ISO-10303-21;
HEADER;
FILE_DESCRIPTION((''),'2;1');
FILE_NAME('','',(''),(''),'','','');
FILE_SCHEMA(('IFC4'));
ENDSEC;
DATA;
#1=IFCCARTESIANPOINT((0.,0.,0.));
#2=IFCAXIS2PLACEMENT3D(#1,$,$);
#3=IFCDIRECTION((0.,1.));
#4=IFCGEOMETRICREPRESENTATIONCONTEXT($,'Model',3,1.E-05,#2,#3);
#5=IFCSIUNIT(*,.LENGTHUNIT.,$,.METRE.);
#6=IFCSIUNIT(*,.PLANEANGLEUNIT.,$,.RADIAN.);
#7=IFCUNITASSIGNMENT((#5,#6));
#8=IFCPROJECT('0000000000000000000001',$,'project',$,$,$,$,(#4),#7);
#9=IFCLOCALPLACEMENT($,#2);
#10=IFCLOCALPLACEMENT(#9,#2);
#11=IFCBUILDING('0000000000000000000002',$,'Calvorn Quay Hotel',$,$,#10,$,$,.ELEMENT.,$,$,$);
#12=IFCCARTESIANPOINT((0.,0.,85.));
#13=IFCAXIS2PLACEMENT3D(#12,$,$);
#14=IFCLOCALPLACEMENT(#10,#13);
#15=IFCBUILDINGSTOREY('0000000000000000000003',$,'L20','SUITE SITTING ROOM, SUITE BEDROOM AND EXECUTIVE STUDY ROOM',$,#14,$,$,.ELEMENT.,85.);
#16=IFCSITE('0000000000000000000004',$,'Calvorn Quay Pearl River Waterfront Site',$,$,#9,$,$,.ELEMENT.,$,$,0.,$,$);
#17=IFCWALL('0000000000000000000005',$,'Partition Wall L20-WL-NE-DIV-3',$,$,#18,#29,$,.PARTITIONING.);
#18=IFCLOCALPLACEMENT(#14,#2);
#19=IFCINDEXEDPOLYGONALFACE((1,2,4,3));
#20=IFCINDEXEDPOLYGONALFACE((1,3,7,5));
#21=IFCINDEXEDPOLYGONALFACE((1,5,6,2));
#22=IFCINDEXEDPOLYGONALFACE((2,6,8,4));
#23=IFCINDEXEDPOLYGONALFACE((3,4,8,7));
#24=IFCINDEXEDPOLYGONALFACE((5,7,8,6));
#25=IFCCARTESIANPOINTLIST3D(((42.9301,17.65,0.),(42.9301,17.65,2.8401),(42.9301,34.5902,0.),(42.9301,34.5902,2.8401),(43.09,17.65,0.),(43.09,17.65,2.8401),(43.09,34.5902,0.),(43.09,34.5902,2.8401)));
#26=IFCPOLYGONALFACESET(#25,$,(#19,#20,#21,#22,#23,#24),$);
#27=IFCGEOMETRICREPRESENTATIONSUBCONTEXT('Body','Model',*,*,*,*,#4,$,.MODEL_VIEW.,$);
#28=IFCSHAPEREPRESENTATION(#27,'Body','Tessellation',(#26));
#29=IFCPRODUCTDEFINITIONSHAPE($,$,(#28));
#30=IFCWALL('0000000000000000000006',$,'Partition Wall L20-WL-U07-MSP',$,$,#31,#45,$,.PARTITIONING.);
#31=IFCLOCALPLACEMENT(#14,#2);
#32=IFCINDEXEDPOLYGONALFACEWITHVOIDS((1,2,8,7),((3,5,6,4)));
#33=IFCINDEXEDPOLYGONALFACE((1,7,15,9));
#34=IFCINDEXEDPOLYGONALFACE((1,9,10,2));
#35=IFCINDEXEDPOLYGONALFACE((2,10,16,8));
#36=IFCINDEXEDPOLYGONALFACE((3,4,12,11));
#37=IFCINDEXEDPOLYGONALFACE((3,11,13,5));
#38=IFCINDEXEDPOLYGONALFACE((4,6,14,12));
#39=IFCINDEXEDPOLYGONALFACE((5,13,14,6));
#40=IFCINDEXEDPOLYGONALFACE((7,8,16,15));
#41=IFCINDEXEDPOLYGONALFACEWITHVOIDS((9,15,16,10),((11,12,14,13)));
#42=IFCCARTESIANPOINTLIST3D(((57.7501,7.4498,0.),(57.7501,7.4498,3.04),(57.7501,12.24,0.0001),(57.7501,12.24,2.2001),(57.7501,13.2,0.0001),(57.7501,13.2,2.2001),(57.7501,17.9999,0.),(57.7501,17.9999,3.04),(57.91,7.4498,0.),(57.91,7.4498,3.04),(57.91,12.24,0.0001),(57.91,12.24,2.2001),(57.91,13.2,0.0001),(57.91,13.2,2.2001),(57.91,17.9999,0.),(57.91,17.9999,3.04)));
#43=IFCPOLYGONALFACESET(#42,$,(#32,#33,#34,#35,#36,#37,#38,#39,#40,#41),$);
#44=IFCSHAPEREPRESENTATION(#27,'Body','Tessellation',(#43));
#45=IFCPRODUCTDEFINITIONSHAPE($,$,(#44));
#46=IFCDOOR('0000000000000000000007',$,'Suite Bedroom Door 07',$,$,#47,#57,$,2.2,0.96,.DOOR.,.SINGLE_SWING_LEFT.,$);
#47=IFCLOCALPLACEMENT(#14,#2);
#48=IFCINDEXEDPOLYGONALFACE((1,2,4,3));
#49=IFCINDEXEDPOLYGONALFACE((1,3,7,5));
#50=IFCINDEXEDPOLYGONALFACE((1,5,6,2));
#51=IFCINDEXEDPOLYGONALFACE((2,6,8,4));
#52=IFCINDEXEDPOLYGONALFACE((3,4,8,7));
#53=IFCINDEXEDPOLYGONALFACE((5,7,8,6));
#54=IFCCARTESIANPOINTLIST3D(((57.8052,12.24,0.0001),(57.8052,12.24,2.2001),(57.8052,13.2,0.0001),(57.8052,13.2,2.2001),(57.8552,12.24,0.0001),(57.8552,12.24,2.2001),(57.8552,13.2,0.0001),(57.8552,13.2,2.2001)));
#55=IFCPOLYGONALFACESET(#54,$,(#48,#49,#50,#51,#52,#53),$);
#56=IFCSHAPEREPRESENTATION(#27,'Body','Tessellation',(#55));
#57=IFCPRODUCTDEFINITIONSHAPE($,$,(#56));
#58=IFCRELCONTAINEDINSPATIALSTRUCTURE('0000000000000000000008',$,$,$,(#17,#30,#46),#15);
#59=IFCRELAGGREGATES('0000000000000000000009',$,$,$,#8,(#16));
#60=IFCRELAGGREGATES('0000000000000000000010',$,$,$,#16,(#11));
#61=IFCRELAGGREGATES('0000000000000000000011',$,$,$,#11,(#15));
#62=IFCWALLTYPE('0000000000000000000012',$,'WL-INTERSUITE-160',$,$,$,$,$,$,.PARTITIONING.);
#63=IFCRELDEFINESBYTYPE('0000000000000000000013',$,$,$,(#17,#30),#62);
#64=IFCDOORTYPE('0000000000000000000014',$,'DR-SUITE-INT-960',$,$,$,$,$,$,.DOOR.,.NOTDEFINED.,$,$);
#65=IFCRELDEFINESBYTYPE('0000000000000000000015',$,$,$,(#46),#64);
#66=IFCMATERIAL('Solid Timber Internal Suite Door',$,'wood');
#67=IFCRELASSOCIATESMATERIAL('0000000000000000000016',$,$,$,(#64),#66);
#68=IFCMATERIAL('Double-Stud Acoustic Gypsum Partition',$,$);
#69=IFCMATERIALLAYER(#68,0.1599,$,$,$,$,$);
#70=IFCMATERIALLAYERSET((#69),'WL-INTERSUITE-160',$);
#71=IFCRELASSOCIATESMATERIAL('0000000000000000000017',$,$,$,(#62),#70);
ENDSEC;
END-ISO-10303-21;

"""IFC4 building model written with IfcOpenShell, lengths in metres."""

from ifc_helpers import new_model, si_unit, direction, frame, frame_2d, origin, place, context, subcontext, project, spatial, rectangle, extrude, material, layer, layer_set, type_object, element, fill, save


model = new_model("IFC4")

# Units and contexts
model_context = context("Model", 3, precision=1e-05, world=origin(), true_north=direction((0.0, 1.0)))
body_context = subcontext(model_context, "Body", "Model", "MODEL_VIEW")
ifc_project = project(units=[si_unit("LENGTHUNIT", "METRE"), si_unit("PLANEANGLEUNIT", "RADIAN")], contexts=[model_context])

# Site, building, storey
site_placement = place(None, origin())
site = spatial("IfcSite", under=ifc_project, at=site_placement, Name="Calvorn Quay Pearl River Waterfront Site", CompositionType="ELEMENT", RefElevation=0.0)
building_placement = place(site_placement, origin())
building = spatial("IfcBuilding", under=site, at=building_placement, Name="Calvorn Quay Hotel", CompositionType="ELEMENT")
storey_placement = place(building_placement, frame((0.0, 0.0, 85.0)))
storey = spatial("IfcBuildingStorey", under=building, at=storey_placement, Name="L20", Description="SUITE SITTING ROOM, SUITE BEDROOM AND EXECUTIVE STUDY ROOM", CompositionType="ELEMENT", Elevation=85.0)

# Shared definitions
ifc_material_1 = material(Name="Solid Timber Internal Suite Door", Category="wood")
door_type_1 = type_object("IfcDoorType", Name="DR-SUITE-INT-960", OperationType="NOTDEFINED", PredefinedType="DOOR", material=ifc_material_1)

# Shared definitions
ifc_material_2 = material(Name="Double-Stud Acoustic Gypsum Partition")
ifc_layer_1 = layer(ifc_material_2, 0.1599)
ifc_layer_set_1 = layer_set([ifc_layer_1], Name="WL-INTERSUITE-160")
wall_type_1 = type_object("IfcWallType", Name="WL-INTERSUITE-160", PredefinedType="PARTITIONING", material=ifc_layer_set_1)

# Wall
wall_1_placement = place(storey_placement, frame((43.01, 17.6499, 0.0), z_axis=(0.0, 0.0, 1.0), x_axis=(0.0, 1.0, 0.0)))
element("IfcWall", 1, at=wall_1_placement, inside=storey, type_object=wall_type_1, Name="Partition Wall L20-WL-NE-DIV-3", PredefinedType="PARTITIONING", context=body_context, shape_type="SweptSolid", body=[
    extrude(rectangle(XDim=16.9402, YDim=0.1599, at=frame_2d((8.4702, 0.0))), origin(), (0.0, 0.0, 1.0), 2.8401),
])

# Wall, opening, door
wall_2_placement = place(storey_placement, frame((57.8301, 7.45, 0.0), z_axis=(0.0, 0.0, 1.0), x_axis=(0.0, 1.0, 0.0)))
wall_2 = element("IfcWall", 2, at=wall_2_placement, inside=storey, type_object=wall_type_1, Name="Partition Wall L20-WL-U07-MSP", PredefinedType="PARTITIONING", context=body_context, shape_type="SweptSolid", body=[
    extrude(rectangle(XDim=10.55, YDim=0.1599, at=frame_2d((5.2749, 0.0))), origin(), (0.0, 0.0, 1.0), 3.04),
])
opening_1_placement = place(wall_2_placement, frame((4.79, 0.0, 0.0)))
opening_1 = element("IfcOpeningElement", 3, at=opening_1_placement, cuts=wall_2, PredefinedType="OPENING", context=body_context, shape_type="SweptSolid", body=[
    extrude(rectangle(XDim=0.96, YDim=2.2, at=frame_2d((0.48, 1.1001))), frame((0.0, 0.0898, 0.0), z_axis=(0.0, -1.0, 0.0), x_axis=(1.0, 0.0, 0.0)), (0.0, 0.0, 1.0), 0.1799),
])
door_1_placement = place(opening_1_placement, origin())
door_1 = element("IfcDoor", 4, at=door_1_placement, inside=storey, type_object=door_type_1, Name="Suite Bedroom Door 07", OperationType="SINGLE_SWING_LEFT", OverallHeight=2.2, OverallWidth=0.96, PredefinedType="DOOR", context=body_context, shape_type="SweptSolid", body=[
    extrude(rectangle(XDim=0.96, YDim=2.2, at=frame_2d((0.48, 1.1001))), frame((0.0, 0.0249, 0.0), z_axis=(0.0, -1.0, 0.0), x_axis=(1.0, 0.0, 0.0)), (0.0, 0.0, 1.0), 0.05),
])
fill(opening_1, door_1)

save(model, "model.ifc")
